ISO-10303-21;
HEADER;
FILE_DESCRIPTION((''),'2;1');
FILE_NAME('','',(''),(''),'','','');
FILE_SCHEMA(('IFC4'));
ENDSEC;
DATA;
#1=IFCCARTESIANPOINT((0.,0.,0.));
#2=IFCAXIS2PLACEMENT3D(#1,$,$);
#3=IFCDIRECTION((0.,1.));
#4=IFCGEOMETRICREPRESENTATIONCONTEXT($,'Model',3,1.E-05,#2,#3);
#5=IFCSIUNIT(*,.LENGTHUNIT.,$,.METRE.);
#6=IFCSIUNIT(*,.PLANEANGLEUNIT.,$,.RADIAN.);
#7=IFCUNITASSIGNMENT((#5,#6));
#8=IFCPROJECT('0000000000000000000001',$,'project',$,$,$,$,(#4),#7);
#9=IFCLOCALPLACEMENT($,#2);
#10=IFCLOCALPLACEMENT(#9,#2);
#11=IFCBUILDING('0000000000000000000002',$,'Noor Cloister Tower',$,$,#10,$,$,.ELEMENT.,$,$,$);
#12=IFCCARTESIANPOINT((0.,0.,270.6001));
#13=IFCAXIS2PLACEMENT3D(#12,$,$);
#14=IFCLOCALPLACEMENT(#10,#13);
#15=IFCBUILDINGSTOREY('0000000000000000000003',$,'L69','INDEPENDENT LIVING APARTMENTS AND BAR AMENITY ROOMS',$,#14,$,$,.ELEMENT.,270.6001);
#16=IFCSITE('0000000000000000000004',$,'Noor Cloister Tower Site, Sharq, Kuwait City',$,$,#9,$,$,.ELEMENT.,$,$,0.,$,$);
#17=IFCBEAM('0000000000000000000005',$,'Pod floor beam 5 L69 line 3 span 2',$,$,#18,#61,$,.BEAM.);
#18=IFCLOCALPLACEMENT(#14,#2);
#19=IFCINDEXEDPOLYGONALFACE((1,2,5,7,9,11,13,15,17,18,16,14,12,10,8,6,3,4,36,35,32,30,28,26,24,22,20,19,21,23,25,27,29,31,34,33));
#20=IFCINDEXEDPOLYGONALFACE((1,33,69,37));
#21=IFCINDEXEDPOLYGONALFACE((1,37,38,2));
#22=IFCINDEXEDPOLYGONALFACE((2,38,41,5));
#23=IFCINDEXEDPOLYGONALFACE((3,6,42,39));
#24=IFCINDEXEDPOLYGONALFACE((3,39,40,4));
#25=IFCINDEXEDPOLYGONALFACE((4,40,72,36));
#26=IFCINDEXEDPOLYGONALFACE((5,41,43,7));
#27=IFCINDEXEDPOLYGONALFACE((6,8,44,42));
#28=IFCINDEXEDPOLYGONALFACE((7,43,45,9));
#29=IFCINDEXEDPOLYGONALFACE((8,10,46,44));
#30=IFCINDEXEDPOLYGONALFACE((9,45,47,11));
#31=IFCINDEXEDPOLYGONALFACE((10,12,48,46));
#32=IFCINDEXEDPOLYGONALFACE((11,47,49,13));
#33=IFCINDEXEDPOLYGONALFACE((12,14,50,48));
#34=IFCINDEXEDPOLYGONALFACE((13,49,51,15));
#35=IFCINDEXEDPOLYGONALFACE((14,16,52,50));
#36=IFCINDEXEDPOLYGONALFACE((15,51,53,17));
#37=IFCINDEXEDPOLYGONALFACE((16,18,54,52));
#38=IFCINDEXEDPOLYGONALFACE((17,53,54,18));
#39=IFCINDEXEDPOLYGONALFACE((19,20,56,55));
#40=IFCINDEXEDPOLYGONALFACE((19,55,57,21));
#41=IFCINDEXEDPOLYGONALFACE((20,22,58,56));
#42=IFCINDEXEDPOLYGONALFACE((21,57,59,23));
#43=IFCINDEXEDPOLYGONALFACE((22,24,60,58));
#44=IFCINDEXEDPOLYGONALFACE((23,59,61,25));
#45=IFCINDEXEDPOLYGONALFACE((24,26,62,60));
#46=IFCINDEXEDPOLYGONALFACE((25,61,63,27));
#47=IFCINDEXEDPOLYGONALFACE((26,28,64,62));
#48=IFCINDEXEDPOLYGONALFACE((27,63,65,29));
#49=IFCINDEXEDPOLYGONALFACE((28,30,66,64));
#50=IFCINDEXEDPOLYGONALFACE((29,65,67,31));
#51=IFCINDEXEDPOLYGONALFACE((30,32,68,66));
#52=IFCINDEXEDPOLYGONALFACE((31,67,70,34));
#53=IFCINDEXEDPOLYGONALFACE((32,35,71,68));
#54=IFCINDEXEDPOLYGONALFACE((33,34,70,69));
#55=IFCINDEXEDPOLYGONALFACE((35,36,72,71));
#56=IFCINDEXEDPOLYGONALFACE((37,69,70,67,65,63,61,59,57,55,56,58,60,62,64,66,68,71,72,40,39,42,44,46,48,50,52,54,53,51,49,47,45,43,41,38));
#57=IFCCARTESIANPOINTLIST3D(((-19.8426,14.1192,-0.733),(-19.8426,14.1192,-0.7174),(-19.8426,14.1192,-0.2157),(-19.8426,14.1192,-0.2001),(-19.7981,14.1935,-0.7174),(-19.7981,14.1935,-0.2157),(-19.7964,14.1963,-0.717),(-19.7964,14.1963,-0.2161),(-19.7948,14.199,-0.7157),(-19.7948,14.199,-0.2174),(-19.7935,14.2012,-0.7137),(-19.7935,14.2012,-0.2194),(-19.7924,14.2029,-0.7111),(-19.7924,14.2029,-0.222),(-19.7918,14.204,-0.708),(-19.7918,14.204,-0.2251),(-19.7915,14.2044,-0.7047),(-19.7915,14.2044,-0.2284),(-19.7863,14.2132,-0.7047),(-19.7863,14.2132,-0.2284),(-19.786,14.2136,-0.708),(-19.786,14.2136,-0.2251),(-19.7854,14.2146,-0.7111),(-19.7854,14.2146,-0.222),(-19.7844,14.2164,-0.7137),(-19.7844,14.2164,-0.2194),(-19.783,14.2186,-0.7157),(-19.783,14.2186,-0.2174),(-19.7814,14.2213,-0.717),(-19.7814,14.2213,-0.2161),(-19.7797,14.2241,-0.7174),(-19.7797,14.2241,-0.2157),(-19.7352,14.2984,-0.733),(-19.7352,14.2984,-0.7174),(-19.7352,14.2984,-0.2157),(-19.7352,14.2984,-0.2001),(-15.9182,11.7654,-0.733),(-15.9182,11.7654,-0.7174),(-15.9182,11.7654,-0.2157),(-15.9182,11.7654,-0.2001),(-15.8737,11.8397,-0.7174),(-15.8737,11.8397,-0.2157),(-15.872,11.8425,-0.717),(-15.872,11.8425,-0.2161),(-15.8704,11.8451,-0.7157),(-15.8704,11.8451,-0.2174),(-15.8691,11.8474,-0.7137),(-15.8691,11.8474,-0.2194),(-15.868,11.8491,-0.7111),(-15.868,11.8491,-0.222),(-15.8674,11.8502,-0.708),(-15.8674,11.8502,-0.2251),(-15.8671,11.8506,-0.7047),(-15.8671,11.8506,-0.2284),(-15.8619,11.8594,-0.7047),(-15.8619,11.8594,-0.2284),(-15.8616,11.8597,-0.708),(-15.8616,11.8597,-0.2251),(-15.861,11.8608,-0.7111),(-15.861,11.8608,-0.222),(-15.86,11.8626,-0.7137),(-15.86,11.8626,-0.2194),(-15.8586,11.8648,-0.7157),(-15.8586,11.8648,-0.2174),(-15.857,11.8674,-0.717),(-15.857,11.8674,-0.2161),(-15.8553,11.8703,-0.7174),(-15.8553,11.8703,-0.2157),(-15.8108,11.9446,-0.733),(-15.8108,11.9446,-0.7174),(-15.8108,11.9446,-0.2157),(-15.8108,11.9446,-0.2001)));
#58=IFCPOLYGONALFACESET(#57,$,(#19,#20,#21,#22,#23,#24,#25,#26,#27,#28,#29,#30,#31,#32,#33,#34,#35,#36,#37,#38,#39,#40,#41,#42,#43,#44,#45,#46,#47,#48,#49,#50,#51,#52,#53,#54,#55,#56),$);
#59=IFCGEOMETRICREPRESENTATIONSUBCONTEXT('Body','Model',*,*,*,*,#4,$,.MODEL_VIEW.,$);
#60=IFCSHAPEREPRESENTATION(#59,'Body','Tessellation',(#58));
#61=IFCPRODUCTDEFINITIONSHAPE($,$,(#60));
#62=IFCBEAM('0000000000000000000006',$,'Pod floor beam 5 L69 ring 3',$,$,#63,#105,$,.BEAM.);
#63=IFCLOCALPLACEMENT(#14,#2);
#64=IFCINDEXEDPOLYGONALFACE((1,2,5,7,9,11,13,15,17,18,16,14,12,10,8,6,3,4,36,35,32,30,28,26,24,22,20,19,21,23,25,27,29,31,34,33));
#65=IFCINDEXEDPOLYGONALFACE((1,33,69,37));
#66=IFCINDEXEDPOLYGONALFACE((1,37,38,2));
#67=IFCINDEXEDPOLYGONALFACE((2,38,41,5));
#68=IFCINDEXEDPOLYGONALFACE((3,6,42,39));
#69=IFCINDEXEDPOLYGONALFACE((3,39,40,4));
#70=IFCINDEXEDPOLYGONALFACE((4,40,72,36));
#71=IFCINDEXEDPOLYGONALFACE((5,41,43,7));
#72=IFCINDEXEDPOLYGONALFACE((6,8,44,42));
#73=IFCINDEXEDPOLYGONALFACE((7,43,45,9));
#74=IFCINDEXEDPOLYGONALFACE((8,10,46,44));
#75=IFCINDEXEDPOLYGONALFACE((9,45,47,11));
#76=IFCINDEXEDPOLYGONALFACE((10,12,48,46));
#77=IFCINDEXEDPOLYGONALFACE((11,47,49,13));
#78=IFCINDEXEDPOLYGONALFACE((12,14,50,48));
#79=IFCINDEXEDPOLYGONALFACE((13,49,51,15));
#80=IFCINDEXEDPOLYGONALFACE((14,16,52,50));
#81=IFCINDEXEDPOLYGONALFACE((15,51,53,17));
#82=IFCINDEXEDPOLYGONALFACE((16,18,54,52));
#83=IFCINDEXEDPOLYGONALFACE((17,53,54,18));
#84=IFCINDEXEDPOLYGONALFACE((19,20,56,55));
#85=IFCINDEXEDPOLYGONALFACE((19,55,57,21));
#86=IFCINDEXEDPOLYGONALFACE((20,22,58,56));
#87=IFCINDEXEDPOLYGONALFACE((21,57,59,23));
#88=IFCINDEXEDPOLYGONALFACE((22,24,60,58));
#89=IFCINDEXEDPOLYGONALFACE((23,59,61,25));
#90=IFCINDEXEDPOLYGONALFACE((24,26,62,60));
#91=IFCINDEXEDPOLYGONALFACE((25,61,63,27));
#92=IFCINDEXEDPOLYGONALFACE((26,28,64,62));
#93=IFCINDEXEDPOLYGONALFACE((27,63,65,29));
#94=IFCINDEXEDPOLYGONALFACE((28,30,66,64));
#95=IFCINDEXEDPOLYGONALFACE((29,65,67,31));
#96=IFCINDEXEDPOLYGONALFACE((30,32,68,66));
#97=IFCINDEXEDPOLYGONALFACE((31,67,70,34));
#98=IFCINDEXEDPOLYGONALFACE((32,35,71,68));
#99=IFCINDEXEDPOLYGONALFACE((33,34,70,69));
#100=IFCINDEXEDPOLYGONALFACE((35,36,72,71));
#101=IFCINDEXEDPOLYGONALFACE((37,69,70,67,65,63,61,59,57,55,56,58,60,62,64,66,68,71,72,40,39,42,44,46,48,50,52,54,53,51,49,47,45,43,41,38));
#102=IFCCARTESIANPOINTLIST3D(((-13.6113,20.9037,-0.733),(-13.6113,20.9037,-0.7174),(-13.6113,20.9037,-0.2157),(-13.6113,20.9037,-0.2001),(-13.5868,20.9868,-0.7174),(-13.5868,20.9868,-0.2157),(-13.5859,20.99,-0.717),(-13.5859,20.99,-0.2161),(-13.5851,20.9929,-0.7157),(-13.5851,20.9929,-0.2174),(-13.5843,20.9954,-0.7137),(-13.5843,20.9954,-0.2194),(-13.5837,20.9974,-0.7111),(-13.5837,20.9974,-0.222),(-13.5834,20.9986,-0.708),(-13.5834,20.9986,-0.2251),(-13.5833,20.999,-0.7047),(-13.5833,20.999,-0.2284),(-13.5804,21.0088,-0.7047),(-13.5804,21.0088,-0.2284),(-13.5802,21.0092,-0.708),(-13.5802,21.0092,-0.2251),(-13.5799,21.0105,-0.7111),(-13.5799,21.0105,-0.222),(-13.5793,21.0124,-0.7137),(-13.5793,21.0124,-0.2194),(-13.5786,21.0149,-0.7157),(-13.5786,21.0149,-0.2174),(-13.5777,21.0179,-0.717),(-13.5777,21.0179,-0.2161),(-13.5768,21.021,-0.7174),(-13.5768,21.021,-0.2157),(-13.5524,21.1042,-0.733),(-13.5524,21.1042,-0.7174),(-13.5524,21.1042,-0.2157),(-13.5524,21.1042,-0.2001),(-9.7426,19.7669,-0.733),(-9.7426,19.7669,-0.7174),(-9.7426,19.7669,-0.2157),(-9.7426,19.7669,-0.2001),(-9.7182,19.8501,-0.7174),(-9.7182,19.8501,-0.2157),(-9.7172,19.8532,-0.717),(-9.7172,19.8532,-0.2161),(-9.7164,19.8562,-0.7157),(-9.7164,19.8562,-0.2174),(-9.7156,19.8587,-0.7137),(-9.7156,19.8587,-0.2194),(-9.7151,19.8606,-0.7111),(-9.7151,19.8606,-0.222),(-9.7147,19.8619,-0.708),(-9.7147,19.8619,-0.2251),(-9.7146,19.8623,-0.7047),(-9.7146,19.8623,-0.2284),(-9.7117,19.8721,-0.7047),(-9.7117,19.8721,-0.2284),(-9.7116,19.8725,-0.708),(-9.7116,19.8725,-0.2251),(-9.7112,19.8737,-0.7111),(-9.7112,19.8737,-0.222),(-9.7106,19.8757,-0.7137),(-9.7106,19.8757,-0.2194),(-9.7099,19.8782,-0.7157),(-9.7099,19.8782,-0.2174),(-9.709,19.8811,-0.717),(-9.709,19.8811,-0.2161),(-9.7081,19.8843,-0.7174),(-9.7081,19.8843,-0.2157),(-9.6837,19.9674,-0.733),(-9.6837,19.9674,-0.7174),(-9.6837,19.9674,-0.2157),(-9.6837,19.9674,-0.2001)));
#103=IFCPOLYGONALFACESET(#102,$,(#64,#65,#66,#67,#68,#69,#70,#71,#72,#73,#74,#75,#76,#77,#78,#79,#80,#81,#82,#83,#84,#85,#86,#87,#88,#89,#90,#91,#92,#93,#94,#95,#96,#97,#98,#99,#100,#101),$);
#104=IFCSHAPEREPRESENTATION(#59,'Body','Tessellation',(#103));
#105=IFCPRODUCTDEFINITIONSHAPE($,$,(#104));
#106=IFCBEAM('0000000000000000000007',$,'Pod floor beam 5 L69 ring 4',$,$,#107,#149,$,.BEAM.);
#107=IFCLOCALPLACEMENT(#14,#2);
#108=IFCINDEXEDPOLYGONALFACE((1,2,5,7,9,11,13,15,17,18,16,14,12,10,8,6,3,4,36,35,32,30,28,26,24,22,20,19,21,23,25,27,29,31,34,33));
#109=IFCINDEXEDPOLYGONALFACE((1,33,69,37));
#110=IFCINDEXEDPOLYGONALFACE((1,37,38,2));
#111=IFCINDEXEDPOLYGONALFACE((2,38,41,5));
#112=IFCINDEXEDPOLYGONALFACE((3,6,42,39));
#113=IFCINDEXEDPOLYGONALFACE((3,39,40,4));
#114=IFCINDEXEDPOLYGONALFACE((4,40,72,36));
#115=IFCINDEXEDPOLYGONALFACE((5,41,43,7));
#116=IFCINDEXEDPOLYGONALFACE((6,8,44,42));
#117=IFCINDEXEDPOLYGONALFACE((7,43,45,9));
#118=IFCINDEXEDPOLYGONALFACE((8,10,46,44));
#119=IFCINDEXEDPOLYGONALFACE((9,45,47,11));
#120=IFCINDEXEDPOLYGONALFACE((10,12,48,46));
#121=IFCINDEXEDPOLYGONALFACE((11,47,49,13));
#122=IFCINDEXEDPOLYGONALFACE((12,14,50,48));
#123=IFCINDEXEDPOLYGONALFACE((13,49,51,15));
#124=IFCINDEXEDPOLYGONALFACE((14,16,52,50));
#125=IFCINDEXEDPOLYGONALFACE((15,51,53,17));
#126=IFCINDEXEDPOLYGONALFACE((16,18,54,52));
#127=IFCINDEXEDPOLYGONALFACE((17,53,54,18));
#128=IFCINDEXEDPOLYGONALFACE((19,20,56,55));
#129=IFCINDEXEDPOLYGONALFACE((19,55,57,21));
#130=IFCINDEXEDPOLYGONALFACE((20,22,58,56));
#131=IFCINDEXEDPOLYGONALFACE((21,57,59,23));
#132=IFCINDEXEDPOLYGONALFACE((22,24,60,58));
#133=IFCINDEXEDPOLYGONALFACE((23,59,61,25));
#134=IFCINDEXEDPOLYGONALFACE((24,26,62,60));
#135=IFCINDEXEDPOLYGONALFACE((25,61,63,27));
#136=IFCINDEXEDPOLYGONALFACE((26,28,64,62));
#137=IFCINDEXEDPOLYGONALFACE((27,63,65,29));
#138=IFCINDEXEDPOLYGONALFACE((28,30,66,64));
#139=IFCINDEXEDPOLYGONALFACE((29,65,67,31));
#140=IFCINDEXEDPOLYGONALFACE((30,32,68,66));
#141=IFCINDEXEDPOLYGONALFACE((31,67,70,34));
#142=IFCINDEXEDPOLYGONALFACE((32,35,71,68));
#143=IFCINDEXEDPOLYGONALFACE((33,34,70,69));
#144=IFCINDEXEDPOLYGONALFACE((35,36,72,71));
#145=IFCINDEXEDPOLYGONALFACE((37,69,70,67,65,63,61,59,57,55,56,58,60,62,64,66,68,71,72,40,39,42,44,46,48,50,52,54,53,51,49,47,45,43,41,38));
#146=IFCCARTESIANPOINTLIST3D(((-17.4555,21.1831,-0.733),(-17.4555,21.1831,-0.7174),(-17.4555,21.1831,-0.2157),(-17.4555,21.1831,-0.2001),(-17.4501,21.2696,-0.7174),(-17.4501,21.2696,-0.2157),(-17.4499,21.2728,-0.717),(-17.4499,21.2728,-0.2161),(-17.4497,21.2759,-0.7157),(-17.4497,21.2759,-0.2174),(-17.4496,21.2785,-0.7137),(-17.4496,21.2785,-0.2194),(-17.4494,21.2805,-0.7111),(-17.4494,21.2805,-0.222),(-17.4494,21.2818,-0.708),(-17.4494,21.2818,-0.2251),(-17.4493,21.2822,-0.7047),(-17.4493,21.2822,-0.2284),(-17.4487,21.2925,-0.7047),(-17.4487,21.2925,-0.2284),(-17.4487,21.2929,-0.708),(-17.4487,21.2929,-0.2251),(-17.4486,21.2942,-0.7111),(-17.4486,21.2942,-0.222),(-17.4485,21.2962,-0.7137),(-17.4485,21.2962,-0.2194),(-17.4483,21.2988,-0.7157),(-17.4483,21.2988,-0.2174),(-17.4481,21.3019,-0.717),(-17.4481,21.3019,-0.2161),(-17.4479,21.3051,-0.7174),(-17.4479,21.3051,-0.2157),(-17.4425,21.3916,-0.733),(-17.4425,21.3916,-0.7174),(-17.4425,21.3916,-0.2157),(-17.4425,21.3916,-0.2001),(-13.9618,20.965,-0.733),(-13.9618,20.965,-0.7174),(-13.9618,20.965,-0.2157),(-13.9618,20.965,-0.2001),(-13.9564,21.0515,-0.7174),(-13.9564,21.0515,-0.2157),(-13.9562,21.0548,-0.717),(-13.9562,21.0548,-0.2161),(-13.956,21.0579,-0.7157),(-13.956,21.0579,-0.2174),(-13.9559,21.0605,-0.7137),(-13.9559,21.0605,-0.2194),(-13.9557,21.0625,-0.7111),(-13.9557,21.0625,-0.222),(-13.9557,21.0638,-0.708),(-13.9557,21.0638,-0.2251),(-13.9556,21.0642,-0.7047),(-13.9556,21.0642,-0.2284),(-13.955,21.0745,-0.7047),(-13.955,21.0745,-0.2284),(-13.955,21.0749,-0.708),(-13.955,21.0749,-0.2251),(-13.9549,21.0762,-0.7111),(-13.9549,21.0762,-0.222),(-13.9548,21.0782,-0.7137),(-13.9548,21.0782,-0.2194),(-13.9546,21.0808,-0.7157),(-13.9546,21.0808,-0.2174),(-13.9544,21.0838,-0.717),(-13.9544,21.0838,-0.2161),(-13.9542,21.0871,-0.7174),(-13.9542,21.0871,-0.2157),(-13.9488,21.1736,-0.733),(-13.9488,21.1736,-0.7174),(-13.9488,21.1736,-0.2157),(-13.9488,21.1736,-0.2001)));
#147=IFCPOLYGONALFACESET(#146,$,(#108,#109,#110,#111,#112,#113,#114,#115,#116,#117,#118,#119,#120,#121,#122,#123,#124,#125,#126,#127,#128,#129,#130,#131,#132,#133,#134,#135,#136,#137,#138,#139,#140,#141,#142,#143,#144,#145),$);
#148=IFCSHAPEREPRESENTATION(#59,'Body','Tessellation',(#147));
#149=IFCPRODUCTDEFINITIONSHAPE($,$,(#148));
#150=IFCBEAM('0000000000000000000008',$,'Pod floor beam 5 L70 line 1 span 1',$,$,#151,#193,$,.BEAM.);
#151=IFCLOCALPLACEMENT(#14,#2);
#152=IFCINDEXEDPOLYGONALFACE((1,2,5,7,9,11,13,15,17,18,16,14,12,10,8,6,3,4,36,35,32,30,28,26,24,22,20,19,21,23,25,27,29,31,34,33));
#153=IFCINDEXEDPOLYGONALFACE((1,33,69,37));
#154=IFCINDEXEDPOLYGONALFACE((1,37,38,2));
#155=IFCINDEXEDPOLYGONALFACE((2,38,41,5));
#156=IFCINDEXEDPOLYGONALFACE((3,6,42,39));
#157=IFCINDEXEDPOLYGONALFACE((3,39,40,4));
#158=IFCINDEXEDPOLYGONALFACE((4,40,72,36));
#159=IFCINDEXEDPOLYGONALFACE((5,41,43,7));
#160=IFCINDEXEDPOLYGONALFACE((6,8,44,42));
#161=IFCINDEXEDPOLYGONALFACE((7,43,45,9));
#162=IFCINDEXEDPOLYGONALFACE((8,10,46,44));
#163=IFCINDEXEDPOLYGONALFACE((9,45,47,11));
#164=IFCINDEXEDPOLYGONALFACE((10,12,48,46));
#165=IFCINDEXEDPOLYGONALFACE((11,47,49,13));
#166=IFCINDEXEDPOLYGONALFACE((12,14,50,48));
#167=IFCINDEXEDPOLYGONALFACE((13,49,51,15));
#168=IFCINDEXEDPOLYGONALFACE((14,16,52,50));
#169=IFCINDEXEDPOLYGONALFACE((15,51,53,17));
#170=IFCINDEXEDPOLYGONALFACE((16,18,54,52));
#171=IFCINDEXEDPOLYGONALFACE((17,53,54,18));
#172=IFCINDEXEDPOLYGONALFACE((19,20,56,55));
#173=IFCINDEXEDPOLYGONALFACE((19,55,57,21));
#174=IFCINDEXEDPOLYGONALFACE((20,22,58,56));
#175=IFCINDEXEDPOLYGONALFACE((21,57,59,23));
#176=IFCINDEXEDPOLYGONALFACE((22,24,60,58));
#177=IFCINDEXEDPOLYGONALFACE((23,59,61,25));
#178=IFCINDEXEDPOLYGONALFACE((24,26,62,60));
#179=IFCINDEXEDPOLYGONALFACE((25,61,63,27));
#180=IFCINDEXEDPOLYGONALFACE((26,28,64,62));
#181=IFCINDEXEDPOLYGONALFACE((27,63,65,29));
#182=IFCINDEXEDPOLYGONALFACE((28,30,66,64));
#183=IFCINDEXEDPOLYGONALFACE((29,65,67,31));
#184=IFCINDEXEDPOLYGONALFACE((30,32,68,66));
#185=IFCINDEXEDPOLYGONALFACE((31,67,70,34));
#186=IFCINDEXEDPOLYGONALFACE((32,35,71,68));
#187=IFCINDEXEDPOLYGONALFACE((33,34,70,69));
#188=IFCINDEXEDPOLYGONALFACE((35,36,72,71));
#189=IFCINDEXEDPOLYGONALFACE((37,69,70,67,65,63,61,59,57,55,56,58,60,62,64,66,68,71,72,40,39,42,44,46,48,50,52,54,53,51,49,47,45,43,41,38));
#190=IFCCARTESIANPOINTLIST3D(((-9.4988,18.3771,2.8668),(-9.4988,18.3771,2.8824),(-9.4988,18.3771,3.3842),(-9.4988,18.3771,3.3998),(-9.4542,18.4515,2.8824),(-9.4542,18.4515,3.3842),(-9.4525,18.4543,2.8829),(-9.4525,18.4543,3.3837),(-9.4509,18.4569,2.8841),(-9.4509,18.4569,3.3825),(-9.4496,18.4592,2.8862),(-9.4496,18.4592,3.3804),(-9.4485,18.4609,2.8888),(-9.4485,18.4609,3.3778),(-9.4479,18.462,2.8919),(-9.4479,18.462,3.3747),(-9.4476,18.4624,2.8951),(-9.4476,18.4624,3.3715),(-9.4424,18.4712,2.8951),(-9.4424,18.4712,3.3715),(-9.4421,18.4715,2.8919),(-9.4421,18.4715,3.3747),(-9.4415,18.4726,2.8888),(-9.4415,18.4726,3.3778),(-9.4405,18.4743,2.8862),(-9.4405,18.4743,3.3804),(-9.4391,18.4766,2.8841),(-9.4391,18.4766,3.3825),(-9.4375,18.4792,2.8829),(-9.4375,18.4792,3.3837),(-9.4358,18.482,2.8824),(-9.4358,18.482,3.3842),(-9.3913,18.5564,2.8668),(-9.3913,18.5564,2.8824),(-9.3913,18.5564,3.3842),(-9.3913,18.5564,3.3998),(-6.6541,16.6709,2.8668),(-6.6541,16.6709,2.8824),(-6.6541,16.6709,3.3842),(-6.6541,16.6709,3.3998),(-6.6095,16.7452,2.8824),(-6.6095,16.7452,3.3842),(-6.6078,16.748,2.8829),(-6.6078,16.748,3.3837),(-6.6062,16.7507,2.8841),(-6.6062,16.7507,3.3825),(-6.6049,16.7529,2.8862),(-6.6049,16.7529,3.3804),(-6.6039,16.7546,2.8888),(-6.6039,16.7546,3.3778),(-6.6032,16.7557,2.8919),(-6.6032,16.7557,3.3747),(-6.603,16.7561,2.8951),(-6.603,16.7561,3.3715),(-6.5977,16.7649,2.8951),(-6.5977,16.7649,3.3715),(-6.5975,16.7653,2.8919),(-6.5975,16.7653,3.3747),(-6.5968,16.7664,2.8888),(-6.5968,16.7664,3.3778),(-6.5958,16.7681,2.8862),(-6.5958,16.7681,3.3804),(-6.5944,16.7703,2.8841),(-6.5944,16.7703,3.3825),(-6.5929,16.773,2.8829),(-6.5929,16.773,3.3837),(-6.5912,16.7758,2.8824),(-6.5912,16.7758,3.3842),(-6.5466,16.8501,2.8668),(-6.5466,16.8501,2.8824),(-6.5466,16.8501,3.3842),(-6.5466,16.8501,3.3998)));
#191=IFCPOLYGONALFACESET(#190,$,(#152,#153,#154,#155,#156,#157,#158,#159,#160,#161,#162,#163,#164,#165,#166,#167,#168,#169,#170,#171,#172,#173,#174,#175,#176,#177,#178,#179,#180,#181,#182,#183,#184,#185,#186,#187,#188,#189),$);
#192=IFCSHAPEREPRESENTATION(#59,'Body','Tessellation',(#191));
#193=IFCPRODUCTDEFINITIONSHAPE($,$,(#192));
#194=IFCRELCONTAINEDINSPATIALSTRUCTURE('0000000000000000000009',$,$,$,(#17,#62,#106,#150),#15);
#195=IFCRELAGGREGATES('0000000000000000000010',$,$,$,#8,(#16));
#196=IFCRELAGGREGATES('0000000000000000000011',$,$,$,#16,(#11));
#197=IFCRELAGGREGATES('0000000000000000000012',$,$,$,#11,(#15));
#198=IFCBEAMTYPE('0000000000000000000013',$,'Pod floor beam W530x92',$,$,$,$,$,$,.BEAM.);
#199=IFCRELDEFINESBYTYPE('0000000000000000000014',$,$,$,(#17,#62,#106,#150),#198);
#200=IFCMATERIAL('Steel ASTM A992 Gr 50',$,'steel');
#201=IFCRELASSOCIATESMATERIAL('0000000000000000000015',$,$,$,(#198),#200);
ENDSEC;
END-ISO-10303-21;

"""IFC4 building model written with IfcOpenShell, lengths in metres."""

from ifc_helpers import new_model, si_unit, direction, frame, origin, origin_2d, place, context, subcontext, project, spatial, i_section, extrude, material, material_profile, profile_set, type_object, element, save


model = new_model("IFC4")

# Units and contexts
model_context = context("Model", 3, precision=1e-05, world=origin(), true_north=direction((0.0, 1.0)))
body_context = subcontext(model_context, "Body", "Model", "MODEL_VIEW")
ifc_project = project(units=[si_unit("LENGTHUNIT", "METRE"), si_unit("PLANEANGLEUNIT", "RADIAN")], contexts=[model_context])

# Site, building, storey
site_placement = place(None, origin())
site = spatial("IfcSite", under=ifc_project, at=site_placement, Name="Noor Cloister Tower Site, Sharq, Kuwait City", CompositionType="ELEMENT", RefElevation=0.0)
building_placement = place(site_placement, origin())
building = spatial("IfcBuilding", under=site, at=building_placement, Name="Noor Cloister Tower", CompositionType="ELEMENT")
storey_placement = place(building_placement, frame((0.0, 0.0, 270.6001)))
storey = spatial("IfcBuildingStorey", under=building, at=storey_placement, Name="L69", Description="INDEPENDENT LIVING APARTMENTS AND BAR AMENITY ROOMS", CompositionType="ELEMENT", Elevation=270.6001)

# Beams
ifc_material_1 = material(Name="Steel ASTM A992 Gr 50", Category="steel")
ifc_material_profile_1 = material_profile(ifc_material_1, i_section(OverallWidth=0.209, OverallDepth=0.533, WebThickness=0.0103, FlangeThickness=0.0156, FilletRadius=0.0127, at=origin_2d()), Name="W530x92")
ifc_profile_set_1 = profile_set([ifc_material_profile_1], Name="Steel ASTM A992 Gr 50")
beam_type_1 = type_object("IfcBeamType", Name="Pod floor beam W530x92", PredefinedType="BEAM", material=ifc_profile_set_1)
beam_1_placement = place(storey_placement, frame((-15.8645, 11.855, -0.4666), z_axis=(-0.857573, 0.514362, 0.0), x_axis=(-0.514362, -0.857573, 0.0)))
element("IfcBeam", 1, at=beam_1_placement, inside=storey, type_object=beam_type_1, Name="Pod floor beam 5 L69 line 3 span 2", PredefinedType="BEAM", context=body_context, shape_type="SweptSolid", body=[
    extrude(i_section(OverallWidth=0.209, OverallDepth=0.533, WebThickness=0.0103, FlangeThickness=0.0156, FilletRadius=0.0127, at=origin_2d()), origin(), (0.0, 0.0, 1.0), 4.5762),
])
beam_2_placement = place(storey_placement, frame((-9.7131, 19.8672, -0.4666), z_axis=(-0.959441, 0.281911, 0.0), x_axis=(-0.281911, -0.959441, 0.0)))
element("IfcBeam", 2, at=beam_2_placement, inside=storey, type_object=beam_type_1, Name="Pod floor beam 5 L69 ring 3", PredefinedType="BEAM", context=body_context, shape_type="SweptSolid", body=[
    extrude(i_section(OverallWidth=0.209, OverallDepth=0.533, WebThickness=0.0103, FlangeThickness=0.0156, FilletRadius=0.0127, at=origin_2d()), origin(), (0.0, 0.0, 1.0), 4.0322),
])
beam_3_placement = place(storey_placement, frame((-13.9553, 21.0693, -0.4666), z_axis=(-0.998059, 0.062283, 0.0), x_axis=(-0.062283, -0.998059, 0.0)))
element("IfcBeam", 3, at=beam_3_placement, inside=storey, type_object=beam_type_1, Name="Pod floor beam 5 L69 ring 4", PredefinedType="BEAM", context=body_context, shape_type="SweptSolid", body=[
    extrude(i_section(OverallWidth=0.209, OverallDepth=0.533, WebThickness=0.0103, FlangeThickness=0.0156, FilletRadius=0.0127, at=origin_2d()), origin(), (0.0, 0.0, 1.0), 3.5005),
])
beam_4_placement = place(storey_placement, frame((-6.6003, 16.7605, 3.1333), z_axis=(-0.857564, 0.514377, 0.0), x_axis=(-0.514377, -0.857564, 0.0)))
element("IfcBeam", 4, at=beam_4_placement, inside=storey, type_object=beam_type_1, Name="Pod floor beam 5 L70 line 1 span 1", PredefinedType="BEAM", context=body_context, shape_type="SweptSolid", body=[
    extrude(i_section(OverallWidth=0.209, OverallDepth=0.533, WebThickness=0.0103, FlangeThickness=0.0156, FilletRadius=0.0127, at=origin_2d()), origin(), (0.0, 0.0, 1.0), 3.3171),
])

save(model, "model.ifc")
